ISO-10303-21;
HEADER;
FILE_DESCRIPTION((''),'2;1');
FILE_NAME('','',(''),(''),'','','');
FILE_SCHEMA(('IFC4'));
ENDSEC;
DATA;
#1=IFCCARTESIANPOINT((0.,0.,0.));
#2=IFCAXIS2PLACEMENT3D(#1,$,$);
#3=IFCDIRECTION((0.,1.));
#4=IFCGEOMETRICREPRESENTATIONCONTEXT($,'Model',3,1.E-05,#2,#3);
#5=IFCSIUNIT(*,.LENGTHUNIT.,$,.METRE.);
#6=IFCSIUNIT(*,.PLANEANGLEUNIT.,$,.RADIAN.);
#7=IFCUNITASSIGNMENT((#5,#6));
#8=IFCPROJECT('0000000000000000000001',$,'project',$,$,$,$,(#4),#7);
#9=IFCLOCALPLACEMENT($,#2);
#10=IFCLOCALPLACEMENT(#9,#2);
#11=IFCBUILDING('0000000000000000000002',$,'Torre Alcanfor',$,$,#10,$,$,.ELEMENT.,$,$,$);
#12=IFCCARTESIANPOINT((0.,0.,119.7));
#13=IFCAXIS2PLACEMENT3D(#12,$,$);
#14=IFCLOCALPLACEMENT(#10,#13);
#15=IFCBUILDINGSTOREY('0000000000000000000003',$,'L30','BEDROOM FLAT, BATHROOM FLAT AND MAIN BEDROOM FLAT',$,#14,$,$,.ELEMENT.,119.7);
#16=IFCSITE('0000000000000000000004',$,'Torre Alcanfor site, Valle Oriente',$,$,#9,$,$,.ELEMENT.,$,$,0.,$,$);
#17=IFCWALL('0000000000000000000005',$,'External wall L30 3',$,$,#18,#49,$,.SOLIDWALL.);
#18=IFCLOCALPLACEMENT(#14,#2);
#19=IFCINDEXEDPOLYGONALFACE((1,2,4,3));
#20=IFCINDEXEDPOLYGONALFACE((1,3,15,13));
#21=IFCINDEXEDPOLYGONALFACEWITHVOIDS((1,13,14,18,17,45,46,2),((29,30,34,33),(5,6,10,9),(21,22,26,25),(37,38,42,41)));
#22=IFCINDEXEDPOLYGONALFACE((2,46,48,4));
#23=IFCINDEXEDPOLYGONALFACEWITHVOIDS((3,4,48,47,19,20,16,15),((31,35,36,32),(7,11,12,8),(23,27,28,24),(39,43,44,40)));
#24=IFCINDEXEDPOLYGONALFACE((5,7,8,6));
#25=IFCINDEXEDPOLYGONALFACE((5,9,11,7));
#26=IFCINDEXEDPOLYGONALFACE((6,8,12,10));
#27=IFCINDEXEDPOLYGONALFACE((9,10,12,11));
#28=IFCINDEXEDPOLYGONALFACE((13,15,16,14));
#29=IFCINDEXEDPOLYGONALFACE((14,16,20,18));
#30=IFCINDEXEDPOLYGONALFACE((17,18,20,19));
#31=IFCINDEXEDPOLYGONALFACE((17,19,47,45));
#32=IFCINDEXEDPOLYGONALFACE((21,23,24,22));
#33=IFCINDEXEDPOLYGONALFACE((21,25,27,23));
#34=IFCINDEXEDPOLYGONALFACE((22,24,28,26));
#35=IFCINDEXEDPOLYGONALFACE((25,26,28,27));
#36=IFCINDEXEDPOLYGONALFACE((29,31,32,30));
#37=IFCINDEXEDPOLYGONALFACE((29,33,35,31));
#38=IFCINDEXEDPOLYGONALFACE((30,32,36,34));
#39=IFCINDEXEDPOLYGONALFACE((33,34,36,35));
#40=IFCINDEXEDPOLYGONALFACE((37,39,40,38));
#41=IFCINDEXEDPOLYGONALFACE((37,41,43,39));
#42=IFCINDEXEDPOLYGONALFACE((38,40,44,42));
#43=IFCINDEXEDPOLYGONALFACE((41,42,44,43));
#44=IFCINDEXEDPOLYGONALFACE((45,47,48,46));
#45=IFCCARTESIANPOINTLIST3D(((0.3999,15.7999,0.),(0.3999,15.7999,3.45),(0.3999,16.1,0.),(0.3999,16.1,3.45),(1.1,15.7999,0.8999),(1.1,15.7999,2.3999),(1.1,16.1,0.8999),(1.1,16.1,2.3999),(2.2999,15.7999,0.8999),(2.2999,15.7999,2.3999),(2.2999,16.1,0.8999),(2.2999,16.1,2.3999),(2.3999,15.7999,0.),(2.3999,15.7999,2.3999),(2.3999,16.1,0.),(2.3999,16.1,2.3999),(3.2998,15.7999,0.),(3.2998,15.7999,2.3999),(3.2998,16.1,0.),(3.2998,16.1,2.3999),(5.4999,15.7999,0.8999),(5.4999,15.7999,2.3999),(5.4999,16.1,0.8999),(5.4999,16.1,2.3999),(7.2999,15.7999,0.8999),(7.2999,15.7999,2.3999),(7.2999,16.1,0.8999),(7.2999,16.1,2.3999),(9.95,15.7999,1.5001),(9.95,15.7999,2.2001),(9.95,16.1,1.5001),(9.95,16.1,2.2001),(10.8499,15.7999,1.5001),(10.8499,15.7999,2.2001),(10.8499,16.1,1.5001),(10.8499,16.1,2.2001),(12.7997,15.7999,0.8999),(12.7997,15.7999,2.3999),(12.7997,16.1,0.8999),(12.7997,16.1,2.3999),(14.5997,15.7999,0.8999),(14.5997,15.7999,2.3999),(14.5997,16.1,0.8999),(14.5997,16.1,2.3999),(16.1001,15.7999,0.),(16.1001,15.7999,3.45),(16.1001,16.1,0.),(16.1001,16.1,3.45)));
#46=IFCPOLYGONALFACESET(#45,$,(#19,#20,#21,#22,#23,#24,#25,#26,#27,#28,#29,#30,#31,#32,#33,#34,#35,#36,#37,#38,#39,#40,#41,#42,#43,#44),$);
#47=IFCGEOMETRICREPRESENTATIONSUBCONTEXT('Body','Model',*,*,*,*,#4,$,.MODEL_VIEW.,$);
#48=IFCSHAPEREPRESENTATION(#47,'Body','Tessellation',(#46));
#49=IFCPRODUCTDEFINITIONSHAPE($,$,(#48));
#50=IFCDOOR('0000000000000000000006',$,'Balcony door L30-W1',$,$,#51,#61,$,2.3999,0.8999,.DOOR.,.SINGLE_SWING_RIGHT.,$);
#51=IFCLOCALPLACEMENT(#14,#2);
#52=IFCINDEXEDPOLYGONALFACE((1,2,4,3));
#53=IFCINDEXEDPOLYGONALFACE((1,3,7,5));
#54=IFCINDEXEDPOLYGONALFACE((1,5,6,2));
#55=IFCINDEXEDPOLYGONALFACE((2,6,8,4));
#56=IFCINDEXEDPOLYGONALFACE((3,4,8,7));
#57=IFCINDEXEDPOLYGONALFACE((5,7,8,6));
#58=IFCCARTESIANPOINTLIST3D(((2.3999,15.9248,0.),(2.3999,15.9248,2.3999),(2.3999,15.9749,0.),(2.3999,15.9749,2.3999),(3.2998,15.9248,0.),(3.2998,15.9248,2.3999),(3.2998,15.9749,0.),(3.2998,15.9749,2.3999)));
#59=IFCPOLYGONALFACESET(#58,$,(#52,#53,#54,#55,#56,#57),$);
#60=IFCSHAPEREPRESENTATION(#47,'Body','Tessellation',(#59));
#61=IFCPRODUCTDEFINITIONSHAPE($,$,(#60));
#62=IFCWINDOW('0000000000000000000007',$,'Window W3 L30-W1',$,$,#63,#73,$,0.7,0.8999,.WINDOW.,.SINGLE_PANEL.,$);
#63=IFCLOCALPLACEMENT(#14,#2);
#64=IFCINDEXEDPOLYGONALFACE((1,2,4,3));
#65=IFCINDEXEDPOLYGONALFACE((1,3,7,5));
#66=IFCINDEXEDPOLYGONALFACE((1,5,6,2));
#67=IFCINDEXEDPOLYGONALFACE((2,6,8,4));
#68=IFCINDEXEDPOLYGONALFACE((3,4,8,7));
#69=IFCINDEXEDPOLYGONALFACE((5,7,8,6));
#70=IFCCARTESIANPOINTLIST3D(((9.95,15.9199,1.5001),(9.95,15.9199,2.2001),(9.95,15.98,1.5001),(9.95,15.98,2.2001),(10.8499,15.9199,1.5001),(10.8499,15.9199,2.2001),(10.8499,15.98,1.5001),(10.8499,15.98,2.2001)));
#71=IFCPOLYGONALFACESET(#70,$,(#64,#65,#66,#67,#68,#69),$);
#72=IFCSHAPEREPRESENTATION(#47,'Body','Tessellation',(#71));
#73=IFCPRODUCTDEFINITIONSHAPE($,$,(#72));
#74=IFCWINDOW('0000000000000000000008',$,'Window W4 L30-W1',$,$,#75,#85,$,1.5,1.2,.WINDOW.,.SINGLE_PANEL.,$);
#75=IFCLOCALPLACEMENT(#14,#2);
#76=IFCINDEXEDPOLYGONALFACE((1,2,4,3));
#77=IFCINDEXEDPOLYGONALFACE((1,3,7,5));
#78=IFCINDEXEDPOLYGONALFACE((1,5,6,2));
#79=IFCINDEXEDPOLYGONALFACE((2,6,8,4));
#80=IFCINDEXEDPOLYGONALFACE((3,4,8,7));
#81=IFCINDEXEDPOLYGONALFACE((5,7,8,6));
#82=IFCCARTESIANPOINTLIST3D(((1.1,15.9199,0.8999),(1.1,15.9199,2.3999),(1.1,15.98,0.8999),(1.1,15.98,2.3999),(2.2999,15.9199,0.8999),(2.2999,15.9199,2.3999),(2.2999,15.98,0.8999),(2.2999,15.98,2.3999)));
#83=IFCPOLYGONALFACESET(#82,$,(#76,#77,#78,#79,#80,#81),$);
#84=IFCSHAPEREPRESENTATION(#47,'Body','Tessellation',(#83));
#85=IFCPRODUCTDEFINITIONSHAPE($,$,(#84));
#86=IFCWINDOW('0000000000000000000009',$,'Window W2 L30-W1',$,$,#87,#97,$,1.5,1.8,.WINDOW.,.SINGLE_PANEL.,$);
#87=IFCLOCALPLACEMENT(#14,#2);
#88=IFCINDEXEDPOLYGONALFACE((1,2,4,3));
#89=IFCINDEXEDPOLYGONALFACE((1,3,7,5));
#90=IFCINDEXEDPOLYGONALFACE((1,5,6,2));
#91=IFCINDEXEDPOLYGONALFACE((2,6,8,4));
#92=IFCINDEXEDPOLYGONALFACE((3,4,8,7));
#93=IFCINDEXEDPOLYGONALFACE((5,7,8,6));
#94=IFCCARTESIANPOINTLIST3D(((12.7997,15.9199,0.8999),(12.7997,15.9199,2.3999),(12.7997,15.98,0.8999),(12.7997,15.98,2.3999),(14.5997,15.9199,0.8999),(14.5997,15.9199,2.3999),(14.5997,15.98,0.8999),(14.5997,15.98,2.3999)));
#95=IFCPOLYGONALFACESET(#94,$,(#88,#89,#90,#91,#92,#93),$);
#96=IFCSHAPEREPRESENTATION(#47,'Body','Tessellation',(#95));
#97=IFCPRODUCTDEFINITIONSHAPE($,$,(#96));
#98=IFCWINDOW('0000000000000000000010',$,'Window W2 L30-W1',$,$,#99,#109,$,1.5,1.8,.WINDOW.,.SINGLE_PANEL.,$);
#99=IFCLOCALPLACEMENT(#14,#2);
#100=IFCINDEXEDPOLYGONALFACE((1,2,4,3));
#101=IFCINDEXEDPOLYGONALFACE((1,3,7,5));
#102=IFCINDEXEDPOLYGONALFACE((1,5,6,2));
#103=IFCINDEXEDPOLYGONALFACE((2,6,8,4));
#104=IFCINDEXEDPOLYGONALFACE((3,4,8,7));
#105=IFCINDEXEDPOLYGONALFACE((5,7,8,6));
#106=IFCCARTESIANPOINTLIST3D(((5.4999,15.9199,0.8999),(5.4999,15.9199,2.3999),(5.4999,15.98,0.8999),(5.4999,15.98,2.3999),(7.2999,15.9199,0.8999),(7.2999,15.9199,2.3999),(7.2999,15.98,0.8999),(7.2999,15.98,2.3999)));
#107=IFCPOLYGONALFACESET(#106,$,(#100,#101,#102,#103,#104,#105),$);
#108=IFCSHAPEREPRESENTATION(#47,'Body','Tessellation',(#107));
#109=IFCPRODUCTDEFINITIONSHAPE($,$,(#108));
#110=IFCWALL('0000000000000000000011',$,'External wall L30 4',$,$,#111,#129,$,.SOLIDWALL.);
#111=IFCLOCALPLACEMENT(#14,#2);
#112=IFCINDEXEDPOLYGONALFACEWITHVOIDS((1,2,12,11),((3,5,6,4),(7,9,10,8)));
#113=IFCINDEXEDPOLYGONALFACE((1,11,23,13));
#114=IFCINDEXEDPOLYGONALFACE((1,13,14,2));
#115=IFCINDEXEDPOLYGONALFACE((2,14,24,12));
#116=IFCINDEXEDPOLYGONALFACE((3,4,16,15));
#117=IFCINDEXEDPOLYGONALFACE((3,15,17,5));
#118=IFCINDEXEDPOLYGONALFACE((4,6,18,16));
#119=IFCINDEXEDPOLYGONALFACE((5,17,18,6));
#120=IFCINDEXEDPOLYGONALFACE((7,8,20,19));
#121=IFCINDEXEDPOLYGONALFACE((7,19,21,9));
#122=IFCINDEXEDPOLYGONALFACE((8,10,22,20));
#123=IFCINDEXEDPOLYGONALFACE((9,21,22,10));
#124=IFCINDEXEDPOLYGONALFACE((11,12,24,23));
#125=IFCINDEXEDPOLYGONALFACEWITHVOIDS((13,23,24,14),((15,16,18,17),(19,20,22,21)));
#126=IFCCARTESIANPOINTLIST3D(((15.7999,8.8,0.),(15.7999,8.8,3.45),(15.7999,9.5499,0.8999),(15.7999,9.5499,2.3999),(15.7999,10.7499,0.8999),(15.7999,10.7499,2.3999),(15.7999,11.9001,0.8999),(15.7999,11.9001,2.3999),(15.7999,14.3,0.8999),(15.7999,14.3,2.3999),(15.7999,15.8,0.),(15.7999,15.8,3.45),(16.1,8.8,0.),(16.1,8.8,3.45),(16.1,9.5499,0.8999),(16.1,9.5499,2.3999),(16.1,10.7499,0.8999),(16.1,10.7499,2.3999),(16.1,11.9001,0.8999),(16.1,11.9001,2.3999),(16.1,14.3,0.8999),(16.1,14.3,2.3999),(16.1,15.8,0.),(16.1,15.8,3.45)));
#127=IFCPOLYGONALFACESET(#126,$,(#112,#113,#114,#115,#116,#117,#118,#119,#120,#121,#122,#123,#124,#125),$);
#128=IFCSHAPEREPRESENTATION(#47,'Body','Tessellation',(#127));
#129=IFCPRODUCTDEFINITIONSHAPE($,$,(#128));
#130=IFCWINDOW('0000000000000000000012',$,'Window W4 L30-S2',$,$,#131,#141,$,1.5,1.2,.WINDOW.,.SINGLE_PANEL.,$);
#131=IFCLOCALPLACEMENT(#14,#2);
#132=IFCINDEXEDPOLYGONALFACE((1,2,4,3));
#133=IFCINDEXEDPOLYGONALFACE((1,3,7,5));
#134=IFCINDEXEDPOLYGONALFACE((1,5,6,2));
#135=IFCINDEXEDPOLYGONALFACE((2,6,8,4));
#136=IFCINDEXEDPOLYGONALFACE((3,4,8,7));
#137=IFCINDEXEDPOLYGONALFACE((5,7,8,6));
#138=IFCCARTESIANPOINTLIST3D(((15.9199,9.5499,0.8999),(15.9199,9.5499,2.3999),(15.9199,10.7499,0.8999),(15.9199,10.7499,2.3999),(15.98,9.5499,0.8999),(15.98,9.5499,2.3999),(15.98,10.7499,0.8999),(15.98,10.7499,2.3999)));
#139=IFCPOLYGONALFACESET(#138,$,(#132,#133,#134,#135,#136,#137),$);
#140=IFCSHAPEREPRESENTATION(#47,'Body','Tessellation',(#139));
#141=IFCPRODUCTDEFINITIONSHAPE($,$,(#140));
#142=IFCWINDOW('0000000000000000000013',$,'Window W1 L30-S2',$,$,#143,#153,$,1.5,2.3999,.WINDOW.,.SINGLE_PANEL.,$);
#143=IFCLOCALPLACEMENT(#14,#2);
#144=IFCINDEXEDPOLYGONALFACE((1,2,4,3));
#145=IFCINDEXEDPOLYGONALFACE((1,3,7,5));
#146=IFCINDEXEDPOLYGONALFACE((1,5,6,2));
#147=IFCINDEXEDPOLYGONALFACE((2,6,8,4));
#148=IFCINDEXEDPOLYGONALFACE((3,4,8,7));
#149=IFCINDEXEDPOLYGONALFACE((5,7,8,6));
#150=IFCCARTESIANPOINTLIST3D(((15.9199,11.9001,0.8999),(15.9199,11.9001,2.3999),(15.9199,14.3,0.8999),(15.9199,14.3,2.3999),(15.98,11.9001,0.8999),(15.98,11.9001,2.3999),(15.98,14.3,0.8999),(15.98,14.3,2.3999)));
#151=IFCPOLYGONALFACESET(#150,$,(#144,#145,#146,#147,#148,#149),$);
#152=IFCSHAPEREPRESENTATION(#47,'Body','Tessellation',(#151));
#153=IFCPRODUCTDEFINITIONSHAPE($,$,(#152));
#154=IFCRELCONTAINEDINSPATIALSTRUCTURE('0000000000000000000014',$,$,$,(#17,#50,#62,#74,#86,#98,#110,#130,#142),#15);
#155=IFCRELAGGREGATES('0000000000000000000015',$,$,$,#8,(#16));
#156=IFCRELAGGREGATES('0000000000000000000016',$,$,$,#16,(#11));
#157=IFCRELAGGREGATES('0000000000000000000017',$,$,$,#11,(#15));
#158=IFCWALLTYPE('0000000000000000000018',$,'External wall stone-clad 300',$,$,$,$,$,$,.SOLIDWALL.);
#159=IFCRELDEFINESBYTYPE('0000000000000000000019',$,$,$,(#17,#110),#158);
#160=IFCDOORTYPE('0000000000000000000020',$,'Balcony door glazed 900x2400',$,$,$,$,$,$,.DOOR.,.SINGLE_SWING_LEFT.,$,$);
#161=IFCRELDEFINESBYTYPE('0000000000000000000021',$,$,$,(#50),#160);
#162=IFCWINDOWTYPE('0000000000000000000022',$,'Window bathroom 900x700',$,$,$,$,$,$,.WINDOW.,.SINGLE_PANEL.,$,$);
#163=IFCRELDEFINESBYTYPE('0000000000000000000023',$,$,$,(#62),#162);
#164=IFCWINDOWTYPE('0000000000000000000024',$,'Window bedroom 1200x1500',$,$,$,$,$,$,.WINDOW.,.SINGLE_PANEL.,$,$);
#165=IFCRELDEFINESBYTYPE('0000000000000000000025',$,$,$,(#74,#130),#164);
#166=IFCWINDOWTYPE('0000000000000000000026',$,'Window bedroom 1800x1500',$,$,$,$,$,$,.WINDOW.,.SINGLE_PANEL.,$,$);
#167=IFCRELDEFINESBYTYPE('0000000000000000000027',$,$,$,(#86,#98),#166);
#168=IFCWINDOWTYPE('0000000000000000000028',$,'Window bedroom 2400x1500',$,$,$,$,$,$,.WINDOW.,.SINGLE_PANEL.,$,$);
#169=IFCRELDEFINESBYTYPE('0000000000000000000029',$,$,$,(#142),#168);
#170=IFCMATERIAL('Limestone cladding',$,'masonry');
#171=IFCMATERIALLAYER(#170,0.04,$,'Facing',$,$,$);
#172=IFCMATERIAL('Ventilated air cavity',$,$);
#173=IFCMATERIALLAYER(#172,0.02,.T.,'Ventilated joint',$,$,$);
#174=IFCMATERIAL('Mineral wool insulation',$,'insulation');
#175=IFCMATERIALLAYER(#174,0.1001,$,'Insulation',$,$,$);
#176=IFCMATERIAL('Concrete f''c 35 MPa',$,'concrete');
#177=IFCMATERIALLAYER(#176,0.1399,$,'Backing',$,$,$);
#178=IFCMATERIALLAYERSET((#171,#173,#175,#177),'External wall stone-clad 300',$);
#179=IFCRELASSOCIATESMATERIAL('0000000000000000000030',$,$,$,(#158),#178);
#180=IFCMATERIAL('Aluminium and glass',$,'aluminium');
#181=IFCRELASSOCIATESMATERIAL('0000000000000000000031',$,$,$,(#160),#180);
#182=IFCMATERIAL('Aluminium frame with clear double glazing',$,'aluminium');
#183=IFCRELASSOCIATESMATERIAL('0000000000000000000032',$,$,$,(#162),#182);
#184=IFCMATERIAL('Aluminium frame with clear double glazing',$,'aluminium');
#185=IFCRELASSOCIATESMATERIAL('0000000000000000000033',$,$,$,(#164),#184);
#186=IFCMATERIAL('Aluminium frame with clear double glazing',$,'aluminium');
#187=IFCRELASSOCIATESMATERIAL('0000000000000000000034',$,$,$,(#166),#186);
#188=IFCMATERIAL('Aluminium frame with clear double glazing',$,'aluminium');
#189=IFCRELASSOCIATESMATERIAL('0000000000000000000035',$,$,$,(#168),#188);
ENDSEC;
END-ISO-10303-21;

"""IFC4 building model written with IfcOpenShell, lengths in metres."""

from ifc_helpers import new_model, si_unit, direction, frame, frame_2d, origin, place, context, subcontext, project, spatial, rectangle, extrude, material, layer, layer_set, type_object, element, fill, save


model = new_model("IFC4")

# Units and contexts
model_context = context("Model", 3, precision=1e-05, world=origin(), true_north=direction((0.0, 1.0)))
body_context = subcontext(model_context, "Body", "Model", "MODEL_VIEW")
ifc_project = project(units=[si_unit("LENGTHUNIT", "METRE"), si_unit("PLANEANGLEUNIT", "RADIAN")], contexts=[model_context])

# Site, building, storey
site_placement = place(None, origin())
site = spatial("IfcSite", under=ifc_project, at=site_placement, Name="Torre Alcanfor site, Valle Oriente", CompositionType="ELEMENT", RefElevation=0.0)
building_placement = place(site_placement, origin())
building = spatial("IfcBuilding", under=site, at=building_placement, Name="Torre Alcanfor", CompositionType="ELEMENT")
storey_placement = place(building_placement, frame((0.0, 0.0, 119.7)))
storey = spatial("IfcBuildingStorey", under=building, at=storey_placement, Name="L30", Description="BEDROOM FLAT, BATHROOM FLAT AND MAIN BEDROOM FLAT", CompositionType="ELEMENT", Elevation=119.7)

# Wall, openings, door, windows
ifc_material_1 = material(Name="Limestone cladding", Category="masonry")
ifc_layer_1 = layer(ifc_material_1, 0.04, Name="Facing")
ifc_material_2 = material(Name="Ventilated air cavity")
ifc_layer_2 = layer(ifc_material_2, 0.02, ventilated=True, Name="Ventilated joint")
ifc_material_3 = material(Name="Mineral wool insulation", Category="insulation")
ifc_layer_3 = layer(ifc_material_3, 0.1001, Name="Insulation")
ifc_material_4 = material(Name="Concrete f'c 35 MPa", Category="concrete")
ifc_layer_4 = layer(ifc_material_4, 0.1399, Name="Backing")
ifc_layer_set_1 = layer_set([ifc_layer_1, ifc_layer_2, ifc_layer_3, ifc_layer_4], Name="External wall stone-clad 300")
wall_type = type_object("IfcWallType", Name="External wall stone-clad 300", PredefinedType="SOLIDWALL", material=ifc_layer_set_1)
wall_1_placement = place(storey_placement, frame((0.3999, 15.95, 0.0), z_axis=(0.0, 0.0, 1.0), x_axis=(1.0, 0.0, 0.0)))
wall_1 = element("IfcWall", 1, at=wall_1_placement, inside=storey, type_object=wall_type, Name="External wall L30 3", PredefinedType="SOLIDWALL", context=body_context, shape_type="SweptSolid", body=[
    extrude(rectangle(XDim=15.7002, YDim=0.3, at=frame_2d((7.8501, 0.0))), origin(), (0.0, 0.0, 1.0), 3.45),
])
opening_1_placement = place(wall_1_placement, frame((12.3999, 0.0, 0.8999)))
opening_1 = element("IfcOpeningElement", 2, at=opening_1_placement, cuts=wall_1, PredefinedType="OPENING", context=body_context, shape_type="SweptSolid", body=[
    extrude(rectangle(XDim=1.8, YDim=1.5, at=frame_2d((0.8999, 0.75))), frame((0.0, 0.1599, 0.0), z_axis=(0.0, -1.0, 0.0), x_axis=(1.0, 0.0, 0.0)), (0.0, 0.0, 1.0), 0.3201),
])
opening_2_placement = place(wall_1_placement, frame((9.55, 0.0, 1.5)))
opening_2 = element("IfcOpeningElement", 3, at=opening_2_placement, cuts=wall_1, PredefinedType="OPENING", context=body_context, shape_type="SweptSolid", body=[
    extrude(rectangle(XDim=0.8999, YDim=0.7, at=frame_2d((0.45, 0.3501))), frame((0.0, 0.1599, 0.0), z_axis=(0.0, -1.0, 0.0), x_axis=(1.0, 0.0, 0.0)), (0.0, 0.0, 1.0), 0.3201),
])
opening_3_placement = place(wall_1_placement, frame((5.1001, 0.0, 0.8999)))
opening_3 = element("IfcOpeningElement", 4, at=opening_3_placement, cuts=wall_1, PredefinedType="OPENING", context=body_context, shape_type="SweptSolid", body=[
    extrude(rectangle(XDim=1.8, YDim=1.5, at=frame_2d((0.8999, 0.75))), frame((0.0, 0.1599, 0.0), z_axis=(0.0, -1.0, 0.0), x_axis=(1.0, 0.0, 0.0)), (0.0, 0.0, 1.0), 0.3201),
])
opening_4_placement = place(wall_1_placement, frame((2.0, 0.0, 0.0)))
opening_4 = element("IfcOpeningElement", 5, at=opening_4_placement, cuts=wall_1, PredefinedType="OPENING", context=body_context, shape_type="SweptSolid", body=[
    extrude(rectangle(XDim=0.8999, YDim=2.3999, at=frame_2d((0.45, 1.2))), frame((0.0, 0.1599, 0.0), z_axis=(0.0, -1.0, 0.0), x_axis=(1.0, 0.0, 0.0)), (0.0, 0.0, 1.0), 0.3201),
])
opening_5_placement = place(wall_1_placement, frame((0.7, 0.0, 0.8999)))
opening_5 = element("IfcOpeningElement", 6, at=opening_5_placement, cuts=wall_1, PredefinedType="OPENING", context=body_context, shape_type="SweptSolid", body=[
    extrude(rectangle(XDim=1.2, YDim=1.5, at=frame_2d((0.6001, 0.75))), frame((0.0, 0.1599, 0.0), z_axis=(0.0, -1.0, 0.0), x_axis=(1.0, 0.0, 0.0)), (0.0, 0.0, 1.0), 0.3201),
])
ifc_material_5 = material(Name="Aluminium and glass", Category="aluminium")
door_type = type_object("IfcDoorType", Name="Balcony door glazed 900x2400", OperationType="SINGLE_SWING_LEFT", PredefinedType="DOOR", material=ifc_material_5)
door_placement = place(opening_4_placement, origin())
door = element("IfcDoor", 7, at=door_placement, inside=storey, type_object=door_type, Name="Balcony door L30-W1", OperationType="SINGLE_SWING_RIGHT", OverallHeight=2.3999, OverallWidth=0.8999, PredefinedType="DOOR", context=body_context, shape_type="SweptSolid", body=[
    extrude(rectangle(XDim=0.8999, YDim=2.3999, at=frame_2d((0.45, 1.2))), frame((0.0, 0.0249, 0.0), z_axis=(0.0, -1.0, 0.0), x_axis=(1.0, 0.0, 0.0)), (0.0, 0.0, 1.0), 0.05),
])
fill(opening_4, door)
ifc_material_6 = material(Name="Aluminium frame with clear double glazing", Category="aluminium")
window_type_1 = type_object("IfcWindowType", Name="Window bathroom 900x700", PartitioningType="SINGLE_PANEL", PredefinedType="WINDOW", material=ifc_material_6)
window_1_placement = place(opening_2_placement, origin())
window_1 = element("IfcWindow", 8, at=window_1_placement, inside=storey, type_object=window_type_1, Name="Window W3 L30-W1", OverallHeight=0.7, OverallWidth=0.8999, PartitioningType="SINGLE_PANEL", PredefinedType="WINDOW", context=body_context, shape_type="SweptSolid", body=[
    extrude(rectangle(XDim=0.8999, YDim=0.7, at=frame_2d((0.45, 0.3501))), frame((0.0, 0.03, 0.0), z_axis=(0.0, -1.0, 0.0), x_axis=(1.0, 0.0, 0.0)), (0.0, 0.0, 1.0), 0.0601),
])
fill(opening_2, window_1)
ifc_material_7 = material(Name="Aluminium frame with clear double glazing", Category="aluminium")
window_type_2 = type_object("IfcWindowType", Name="Window bedroom 1200x1500", PartitioningType="SINGLE_PANEL", PredefinedType="WINDOW", material=ifc_material_7)
window_2_placement = place(opening_5_placement, origin())
window_2 = element("IfcWindow", 9, at=window_2_placement, inside=storey, type_object=window_type_2, Name="Window W4 L30-W1", OverallHeight=1.5, OverallWidth=1.2, PartitioningType="SINGLE_PANEL", PredefinedType="WINDOW", context=body_context, shape_type="SweptSolid", body=[
    extrude(rectangle(XDim=1.2, YDim=1.5, at=frame_2d((0.6001, 0.75))), frame((0.0, 0.03, 0.0), z_axis=(0.0, -1.0, 0.0), x_axis=(1.0, 0.0, 0.0)), (0.0, 0.0, 1.0), 0.0601),
])
fill(opening_5, window_2)
ifc_material_8 = material(Name="Aluminium frame with clear double glazing", Category="aluminium")
window_type_3 = type_object("IfcWindowType", Name="Window bedroom 1800x1500", PartitioningType="SINGLE_PANEL", PredefinedType="WINDOW", material=ifc_material_8)
window_3_placement = place(opening_1_placement, origin())
window_3 = element("IfcWindow", 10, at=window_3_placement, inside=storey, type_object=window_type_3, Name="Window W2 L30-W1", OverallHeight=1.5, OverallWidth=1.8, PartitioningType="SINGLE_PANEL", PredefinedType="WINDOW", context=body_context, shape_type="SweptSolid", body=[
    extrude(rectangle(XDim=1.8, YDim=1.5, at=frame_2d((0.8999, 0.75))), frame((0.0, 0.03, 0.0), z_axis=(0.0, -1.0, 0.0), x_axis=(1.0, 0.0, 0.0)), (0.0, 0.0, 1.0), 0.0601),
])
fill(opening_1, window_3)
window_4_placement = place(opening_3_placement, origin())
window_4 = element("IfcWindow", 11, at=window_4_placement, inside=storey, type_object=window_type_3, Name="Window W2 L30-W1", OverallHeight=1.5, OverallWidth=1.8, PartitioningType="SINGLE_PANEL", PredefinedType="WINDOW", context=body_context, shape_type="SweptSolid", body=[
    extrude(rectangle(XDim=1.8, YDim=1.5, at=frame_2d((0.8999, 0.75))), frame((0.0, 0.03, 0.0), z_axis=(0.0, -1.0, 0.0), x_axis=(1.0, 0.0, 0.0)), (0.0, 0.0, 1.0), 0.0601),
])
fill(opening_3, window_4)

# Wall, openings, windows
wall_2_placement = place(storey_placement, frame((15.95, 15.8, 0.0), z_axis=(0.0, 0.0, 1.0), x_axis=(0.0, -1.0, 0.0)))
wall_2 = element("IfcWall", 12, at=wall_2_placement, inside=storey, type_object=wall_type, Name="External wall L30 4", PredefinedType="SOLIDWALL", context=body_context, shape_type="SweptSolid", body=[
    extrude(rectangle(XDim=7.0, YDim=0.3, at=frame_2d((3.5, 0.0))), origin(), (0.0, 0.0, 1.0), 3.45),
])
opening_6_placement = place(wall_2_placement, frame((1.5, 0.0, 0.8999)))
opening_6 = element("IfcOpeningElement", 13, at=opening_6_placement, cuts=wall_2, PredefinedType="OPENING", context=body_context, shape_type="SweptSolid", body=[
    extrude(rectangle(XDim=2.3999, YDim=1.5, at=frame_2d((1.2, 0.75))), frame((0.0, 0.1599, 0.0), z_axis=(0.0, -1.0, 0.0), x_axis=(1.0, 0.0, 0.0)), (0.0, 0.0, 1.0), 0.3201),
])
opening_7_placement = place(wall_2_placement, frame((5.05, 0.0, 0.8999)))
opening_7 = element("IfcOpeningElement", 14, at=opening_7_placement, cuts=wall_2, PredefinedType="OPENING", context=body_context, shape_type="SweptSolid", body=[
    extrude(rectangle(XDim=1.2, YDim=1.5, at=frame_2d((0.6001, 0.75))), frame((0.0, 0.1599, 0.0), z_axis=(0.0, -1.0, 0.0), x_axis=(1.0, 0.0, 0.0)), (0.0, 0.0, 1.0), 0.3201),
])
window_5_placement = place(opening_7_placement, origin())
window_5 = element("IfcWindow", 15, at=window_5_placement, inside=storey, type_object=window_type_2, Name="Window W4 L30-S2", OverallHeight=1.5, OverallWidth=1.2, PartitioningType="SINGLE_PANEL", PredefinedType="WINDOW", context=body_context, shape_type="SweptSolid", body=[
    extrude(rectangle(XDim=1.2, YDim=1.5, at=frame_2d((0.6001, 0.75))), frame((0.0, 0.03, 0.0), z_axis=(0.0, -1.0, 0.0), x_axis=(1.0, 0.0, 0.0)), (0.0, 0.0, 1.0), 0.0601),
])
fill(opening_7, window_5)
ifc_material_9 = material(Name="Aluminium frame with clear double glazing", Category="aluminium")
window_type_4 = type_object("IfcWindowType", Name="Window bedroom 2400x1500", PartitioningType="SINGLE_PANEL", PredefinedType="WINDOW", material=ifc_material_9)
window_6_placement = place(opening_6_placement, origin())
window_6 = element("IfcWindow", 16, at=window_6_placement, inside=storey, type_object=window_type_4, Name="Window W1 L30-S2", OverallHeight=1.5, OverallWidth=2.3999, PartitioningType="SINGLE_PANEL", PredefinedType="WINDOW", context=body_context, shape_type="SweptSolid", body=[
    extrude(rectangle(XDim=2.3999, YDim=1.5, at=frame_2d((1.2, 0.75))), frame((0.0, 0.03, 0.0), z_axis=(0.0, -1.0, 0.0), x_axis=(1.0, 0.0, 0.0)), (0.0, 0.0, 1.0), 0.0601),
])
fill(opening_6, window_6)

save(model, "model.ifc")
